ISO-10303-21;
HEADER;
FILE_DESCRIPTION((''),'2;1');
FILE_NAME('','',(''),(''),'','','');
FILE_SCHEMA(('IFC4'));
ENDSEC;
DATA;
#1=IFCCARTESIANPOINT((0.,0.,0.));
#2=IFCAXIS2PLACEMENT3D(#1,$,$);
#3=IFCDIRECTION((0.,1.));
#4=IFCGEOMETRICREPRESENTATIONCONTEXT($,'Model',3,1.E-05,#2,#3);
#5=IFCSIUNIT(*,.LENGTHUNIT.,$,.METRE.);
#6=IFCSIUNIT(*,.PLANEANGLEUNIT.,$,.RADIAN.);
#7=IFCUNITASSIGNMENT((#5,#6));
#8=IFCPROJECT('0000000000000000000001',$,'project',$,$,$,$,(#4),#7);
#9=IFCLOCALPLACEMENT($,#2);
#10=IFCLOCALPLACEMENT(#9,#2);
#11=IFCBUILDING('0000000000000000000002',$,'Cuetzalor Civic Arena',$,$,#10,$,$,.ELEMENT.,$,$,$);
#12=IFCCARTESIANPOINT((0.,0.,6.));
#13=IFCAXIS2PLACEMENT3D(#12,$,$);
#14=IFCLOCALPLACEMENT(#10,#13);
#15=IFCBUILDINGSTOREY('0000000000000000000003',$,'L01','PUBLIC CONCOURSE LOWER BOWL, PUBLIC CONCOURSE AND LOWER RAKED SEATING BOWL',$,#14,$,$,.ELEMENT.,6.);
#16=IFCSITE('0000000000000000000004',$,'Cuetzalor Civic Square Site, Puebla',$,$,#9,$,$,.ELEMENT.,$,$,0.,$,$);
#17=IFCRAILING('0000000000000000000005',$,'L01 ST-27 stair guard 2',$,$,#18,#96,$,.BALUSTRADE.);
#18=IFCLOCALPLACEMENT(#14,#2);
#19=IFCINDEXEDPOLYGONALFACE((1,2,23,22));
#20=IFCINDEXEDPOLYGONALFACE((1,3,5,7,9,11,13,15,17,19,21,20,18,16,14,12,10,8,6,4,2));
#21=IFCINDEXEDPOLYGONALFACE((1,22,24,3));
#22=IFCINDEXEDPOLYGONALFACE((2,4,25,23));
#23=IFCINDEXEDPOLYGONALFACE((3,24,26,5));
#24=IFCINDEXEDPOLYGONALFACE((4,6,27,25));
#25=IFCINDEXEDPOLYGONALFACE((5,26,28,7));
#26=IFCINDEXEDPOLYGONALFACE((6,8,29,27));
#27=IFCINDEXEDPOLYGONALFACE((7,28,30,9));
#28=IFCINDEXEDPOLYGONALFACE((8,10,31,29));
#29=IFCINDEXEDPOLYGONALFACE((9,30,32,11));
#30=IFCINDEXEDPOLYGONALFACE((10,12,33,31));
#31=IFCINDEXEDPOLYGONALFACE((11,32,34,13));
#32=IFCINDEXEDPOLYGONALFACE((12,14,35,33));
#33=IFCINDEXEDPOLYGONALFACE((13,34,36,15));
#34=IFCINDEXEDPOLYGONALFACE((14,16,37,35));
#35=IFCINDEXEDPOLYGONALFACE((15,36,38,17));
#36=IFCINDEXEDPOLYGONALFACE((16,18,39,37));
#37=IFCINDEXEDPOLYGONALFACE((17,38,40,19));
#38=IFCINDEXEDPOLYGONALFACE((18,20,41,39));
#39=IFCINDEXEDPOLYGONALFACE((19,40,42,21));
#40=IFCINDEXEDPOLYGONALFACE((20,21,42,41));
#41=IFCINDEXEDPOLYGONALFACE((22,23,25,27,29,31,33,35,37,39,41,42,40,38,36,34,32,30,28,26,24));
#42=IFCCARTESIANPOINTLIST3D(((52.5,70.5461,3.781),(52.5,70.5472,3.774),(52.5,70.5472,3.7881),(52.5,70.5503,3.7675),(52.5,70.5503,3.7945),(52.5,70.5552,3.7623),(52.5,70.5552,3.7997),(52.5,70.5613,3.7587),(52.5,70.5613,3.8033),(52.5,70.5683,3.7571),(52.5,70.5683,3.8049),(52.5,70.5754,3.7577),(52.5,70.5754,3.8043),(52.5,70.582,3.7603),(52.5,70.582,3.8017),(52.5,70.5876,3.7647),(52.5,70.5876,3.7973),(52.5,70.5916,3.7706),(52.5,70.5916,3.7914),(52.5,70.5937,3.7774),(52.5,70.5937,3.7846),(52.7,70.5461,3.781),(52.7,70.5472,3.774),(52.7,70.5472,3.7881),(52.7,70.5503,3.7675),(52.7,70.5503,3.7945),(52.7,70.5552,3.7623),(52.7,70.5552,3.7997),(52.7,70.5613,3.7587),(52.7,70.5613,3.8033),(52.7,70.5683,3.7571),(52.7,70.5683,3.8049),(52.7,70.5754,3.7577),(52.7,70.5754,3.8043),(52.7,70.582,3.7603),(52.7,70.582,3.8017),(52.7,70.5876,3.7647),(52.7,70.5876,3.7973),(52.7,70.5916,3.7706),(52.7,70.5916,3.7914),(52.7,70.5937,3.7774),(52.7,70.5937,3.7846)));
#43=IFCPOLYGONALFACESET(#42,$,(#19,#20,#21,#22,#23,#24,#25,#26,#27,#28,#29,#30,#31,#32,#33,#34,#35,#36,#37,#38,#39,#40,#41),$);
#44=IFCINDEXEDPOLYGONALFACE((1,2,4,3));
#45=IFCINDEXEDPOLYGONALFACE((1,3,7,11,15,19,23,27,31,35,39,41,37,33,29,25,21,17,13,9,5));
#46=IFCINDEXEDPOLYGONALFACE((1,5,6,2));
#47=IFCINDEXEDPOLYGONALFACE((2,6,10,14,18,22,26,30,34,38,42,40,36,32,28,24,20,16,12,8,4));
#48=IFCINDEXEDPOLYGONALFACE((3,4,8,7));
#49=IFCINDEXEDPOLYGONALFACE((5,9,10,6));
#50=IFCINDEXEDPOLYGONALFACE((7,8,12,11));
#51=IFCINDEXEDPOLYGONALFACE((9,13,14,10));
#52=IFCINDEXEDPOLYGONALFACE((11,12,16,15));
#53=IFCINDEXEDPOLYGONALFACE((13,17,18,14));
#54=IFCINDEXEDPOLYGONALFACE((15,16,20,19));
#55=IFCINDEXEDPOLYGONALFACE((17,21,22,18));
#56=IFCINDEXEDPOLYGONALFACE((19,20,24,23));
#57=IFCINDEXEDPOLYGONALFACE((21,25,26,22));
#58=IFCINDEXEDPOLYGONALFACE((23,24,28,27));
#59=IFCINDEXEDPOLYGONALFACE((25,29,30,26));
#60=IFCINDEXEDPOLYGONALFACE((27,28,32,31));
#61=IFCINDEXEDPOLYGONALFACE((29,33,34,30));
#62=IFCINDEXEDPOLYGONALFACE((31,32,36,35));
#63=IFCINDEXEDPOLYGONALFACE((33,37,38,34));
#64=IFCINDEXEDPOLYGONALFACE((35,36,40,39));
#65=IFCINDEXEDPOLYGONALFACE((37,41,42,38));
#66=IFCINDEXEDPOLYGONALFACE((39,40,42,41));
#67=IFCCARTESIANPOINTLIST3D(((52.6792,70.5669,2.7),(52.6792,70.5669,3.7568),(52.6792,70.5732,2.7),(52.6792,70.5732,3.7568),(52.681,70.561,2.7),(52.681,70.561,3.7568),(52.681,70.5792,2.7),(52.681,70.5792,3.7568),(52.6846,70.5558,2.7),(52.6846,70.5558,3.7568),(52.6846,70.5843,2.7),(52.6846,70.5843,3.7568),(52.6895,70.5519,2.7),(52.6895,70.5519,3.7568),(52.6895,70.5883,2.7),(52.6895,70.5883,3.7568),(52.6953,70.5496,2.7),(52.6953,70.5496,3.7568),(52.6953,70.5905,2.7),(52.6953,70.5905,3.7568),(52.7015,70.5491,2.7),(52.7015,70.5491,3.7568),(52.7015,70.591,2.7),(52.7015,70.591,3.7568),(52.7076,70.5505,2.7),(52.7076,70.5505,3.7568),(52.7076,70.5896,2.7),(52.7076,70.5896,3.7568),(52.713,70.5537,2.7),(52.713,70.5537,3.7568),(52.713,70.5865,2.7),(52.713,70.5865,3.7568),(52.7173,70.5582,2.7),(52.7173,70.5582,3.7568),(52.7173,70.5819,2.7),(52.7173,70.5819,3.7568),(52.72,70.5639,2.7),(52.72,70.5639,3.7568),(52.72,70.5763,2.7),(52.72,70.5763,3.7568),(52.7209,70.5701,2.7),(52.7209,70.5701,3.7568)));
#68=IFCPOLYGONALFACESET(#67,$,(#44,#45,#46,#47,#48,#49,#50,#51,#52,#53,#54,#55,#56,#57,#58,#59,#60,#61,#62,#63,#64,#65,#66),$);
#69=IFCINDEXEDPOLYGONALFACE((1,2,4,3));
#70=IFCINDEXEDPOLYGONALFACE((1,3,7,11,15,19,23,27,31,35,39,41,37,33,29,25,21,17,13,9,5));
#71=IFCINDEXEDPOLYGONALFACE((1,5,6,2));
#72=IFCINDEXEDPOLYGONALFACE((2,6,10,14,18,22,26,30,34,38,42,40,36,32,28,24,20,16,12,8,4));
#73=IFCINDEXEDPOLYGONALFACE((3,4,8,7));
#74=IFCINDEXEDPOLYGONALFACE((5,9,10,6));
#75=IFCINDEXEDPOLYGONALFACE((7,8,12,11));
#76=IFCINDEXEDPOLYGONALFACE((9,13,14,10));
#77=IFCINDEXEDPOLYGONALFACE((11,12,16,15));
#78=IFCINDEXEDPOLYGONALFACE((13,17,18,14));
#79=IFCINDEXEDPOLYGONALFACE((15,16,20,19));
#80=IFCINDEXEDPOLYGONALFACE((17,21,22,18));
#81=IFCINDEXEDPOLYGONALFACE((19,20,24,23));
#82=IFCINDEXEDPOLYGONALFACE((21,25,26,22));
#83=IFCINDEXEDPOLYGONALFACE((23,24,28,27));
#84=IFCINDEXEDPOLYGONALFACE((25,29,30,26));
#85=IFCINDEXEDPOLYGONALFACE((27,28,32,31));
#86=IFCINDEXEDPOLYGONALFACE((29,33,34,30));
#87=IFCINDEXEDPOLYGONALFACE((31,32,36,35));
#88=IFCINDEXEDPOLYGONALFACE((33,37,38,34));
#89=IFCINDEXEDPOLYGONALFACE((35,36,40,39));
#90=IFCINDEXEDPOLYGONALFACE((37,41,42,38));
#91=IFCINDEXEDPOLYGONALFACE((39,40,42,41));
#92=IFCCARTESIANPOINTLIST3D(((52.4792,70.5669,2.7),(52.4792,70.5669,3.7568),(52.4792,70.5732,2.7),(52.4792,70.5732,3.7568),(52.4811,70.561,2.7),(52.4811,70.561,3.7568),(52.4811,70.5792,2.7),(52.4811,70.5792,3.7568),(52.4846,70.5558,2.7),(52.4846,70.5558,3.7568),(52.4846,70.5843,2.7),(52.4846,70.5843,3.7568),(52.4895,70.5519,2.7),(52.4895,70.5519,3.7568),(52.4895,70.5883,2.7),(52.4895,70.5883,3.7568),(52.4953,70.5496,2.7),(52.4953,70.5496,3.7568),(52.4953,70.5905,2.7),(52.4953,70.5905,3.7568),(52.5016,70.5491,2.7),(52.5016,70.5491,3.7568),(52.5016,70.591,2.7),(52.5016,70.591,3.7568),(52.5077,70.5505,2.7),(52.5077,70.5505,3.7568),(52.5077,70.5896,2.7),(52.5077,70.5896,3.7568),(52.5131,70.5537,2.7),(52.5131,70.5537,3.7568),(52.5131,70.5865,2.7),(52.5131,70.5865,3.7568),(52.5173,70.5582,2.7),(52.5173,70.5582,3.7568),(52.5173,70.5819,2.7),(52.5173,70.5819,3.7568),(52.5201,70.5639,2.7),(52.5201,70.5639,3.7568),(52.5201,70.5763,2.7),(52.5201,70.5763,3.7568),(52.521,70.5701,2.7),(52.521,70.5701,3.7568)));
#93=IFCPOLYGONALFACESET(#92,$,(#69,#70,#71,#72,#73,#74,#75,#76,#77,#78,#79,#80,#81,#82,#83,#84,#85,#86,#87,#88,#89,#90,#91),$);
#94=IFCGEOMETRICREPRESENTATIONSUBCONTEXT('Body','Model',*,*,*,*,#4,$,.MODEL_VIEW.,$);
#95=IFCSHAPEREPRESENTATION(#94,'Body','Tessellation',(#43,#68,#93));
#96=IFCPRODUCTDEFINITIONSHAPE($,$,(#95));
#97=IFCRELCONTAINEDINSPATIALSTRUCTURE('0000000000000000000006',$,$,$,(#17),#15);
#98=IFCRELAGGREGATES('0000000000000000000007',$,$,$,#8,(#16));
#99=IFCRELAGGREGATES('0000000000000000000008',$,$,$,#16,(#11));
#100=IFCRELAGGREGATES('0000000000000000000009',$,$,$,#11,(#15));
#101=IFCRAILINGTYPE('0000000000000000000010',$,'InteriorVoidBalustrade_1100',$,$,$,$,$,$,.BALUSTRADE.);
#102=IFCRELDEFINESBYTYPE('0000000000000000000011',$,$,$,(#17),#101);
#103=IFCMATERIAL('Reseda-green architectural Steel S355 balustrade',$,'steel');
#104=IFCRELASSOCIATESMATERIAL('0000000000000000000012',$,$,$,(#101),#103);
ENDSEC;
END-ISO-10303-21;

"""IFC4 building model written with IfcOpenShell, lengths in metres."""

from ifc_helpers import new_model, si_unit, direction, frame, origin, origin_2d, place, context, subcontext, project, spatial, circle, extrude, material, type_object, element, save


model = new_model("IFC4")

# Units and contexts
model_context = context("Model", 3, precision=1e-05, world=origin(), true_north=direction((0.0, 1.0)))
body_context = subcontext(model_context, "Body", "Model", "MODEL_VIEW")
ifc_project = project(units=[si_unit("LENGTHUNIT", "METRE"), si_unit("PLANEANGLEUNIT", "RADIAN")], contexts=[model_context])

# Site, building, storey
site_placement = place(None, origin())
site = spatial("IfcSite", under=ifc_project, at=site_placement, Name="Cuetzalor Civic Square Site, Puebla", CompositionType="ELEMENT", RefElevation=0.0)
building_placement = place(site_placement, origin())
building = spatial("IfcBuilding", under=site, at=building_placement, Name="Cuetzalor Civic Arena", CompositionType="ELEMENT")
storey_placement = place(building_placement, frame((0.0, 0.0, 6.0)))
storey = spatial("IfcBuildingStorey", under=building, at=storey_placement, Name="L01", Description="PUBLIC CONCOURSE LOWER BOWL, PUBLIC CONCOURSE AND LOWER RAKED SEATING BOWL", CompositionType="ELEMENT", Elevation=6.0)

# Railing
ifc_material_1 = material(Name="Reseda-green architectural Steel S355 balustrade", Category="steel")
railing_type_1 = type_object("IfcRailingType", Name="InteriorVoidBalustrade_1100", PredefinedType="BALUSTRADE", material=ifc_material_1)
railing_1_placement = place(storey_placement, frame((52.7, 70.5701, 2.7)))
element("IfcRailing", 1, at=railing_1_placement, inside=storey, type_object=railing_type_1, Name="L01 ST-27 stair guard 2", PredefinedType="BALUSTRADE", context=body_context, shape_type="SweptSolid", body=[
    extrude(circle(Radius=0.0239, at=origin_2d()), frame((0.0, 0.0, 1.0811), z_axis=(-1.0, 0.0, 0.0), x_axis=(0.0, -1.0, 0.0)), (0.0, 0.0, 1.0), 0.2),
    extrude(circle(Radius=0.021, at=origin_2d()), origin(), (0.0, 0.0, 1.0), 1.0569),
    extrude(circle(Radius=0.021, at=origin_2d()), frame((-0.2, 0.0, 0.0)), (0.0, 0.0, 1.0), 1.0569),
])

save(model, "model.ifc")
